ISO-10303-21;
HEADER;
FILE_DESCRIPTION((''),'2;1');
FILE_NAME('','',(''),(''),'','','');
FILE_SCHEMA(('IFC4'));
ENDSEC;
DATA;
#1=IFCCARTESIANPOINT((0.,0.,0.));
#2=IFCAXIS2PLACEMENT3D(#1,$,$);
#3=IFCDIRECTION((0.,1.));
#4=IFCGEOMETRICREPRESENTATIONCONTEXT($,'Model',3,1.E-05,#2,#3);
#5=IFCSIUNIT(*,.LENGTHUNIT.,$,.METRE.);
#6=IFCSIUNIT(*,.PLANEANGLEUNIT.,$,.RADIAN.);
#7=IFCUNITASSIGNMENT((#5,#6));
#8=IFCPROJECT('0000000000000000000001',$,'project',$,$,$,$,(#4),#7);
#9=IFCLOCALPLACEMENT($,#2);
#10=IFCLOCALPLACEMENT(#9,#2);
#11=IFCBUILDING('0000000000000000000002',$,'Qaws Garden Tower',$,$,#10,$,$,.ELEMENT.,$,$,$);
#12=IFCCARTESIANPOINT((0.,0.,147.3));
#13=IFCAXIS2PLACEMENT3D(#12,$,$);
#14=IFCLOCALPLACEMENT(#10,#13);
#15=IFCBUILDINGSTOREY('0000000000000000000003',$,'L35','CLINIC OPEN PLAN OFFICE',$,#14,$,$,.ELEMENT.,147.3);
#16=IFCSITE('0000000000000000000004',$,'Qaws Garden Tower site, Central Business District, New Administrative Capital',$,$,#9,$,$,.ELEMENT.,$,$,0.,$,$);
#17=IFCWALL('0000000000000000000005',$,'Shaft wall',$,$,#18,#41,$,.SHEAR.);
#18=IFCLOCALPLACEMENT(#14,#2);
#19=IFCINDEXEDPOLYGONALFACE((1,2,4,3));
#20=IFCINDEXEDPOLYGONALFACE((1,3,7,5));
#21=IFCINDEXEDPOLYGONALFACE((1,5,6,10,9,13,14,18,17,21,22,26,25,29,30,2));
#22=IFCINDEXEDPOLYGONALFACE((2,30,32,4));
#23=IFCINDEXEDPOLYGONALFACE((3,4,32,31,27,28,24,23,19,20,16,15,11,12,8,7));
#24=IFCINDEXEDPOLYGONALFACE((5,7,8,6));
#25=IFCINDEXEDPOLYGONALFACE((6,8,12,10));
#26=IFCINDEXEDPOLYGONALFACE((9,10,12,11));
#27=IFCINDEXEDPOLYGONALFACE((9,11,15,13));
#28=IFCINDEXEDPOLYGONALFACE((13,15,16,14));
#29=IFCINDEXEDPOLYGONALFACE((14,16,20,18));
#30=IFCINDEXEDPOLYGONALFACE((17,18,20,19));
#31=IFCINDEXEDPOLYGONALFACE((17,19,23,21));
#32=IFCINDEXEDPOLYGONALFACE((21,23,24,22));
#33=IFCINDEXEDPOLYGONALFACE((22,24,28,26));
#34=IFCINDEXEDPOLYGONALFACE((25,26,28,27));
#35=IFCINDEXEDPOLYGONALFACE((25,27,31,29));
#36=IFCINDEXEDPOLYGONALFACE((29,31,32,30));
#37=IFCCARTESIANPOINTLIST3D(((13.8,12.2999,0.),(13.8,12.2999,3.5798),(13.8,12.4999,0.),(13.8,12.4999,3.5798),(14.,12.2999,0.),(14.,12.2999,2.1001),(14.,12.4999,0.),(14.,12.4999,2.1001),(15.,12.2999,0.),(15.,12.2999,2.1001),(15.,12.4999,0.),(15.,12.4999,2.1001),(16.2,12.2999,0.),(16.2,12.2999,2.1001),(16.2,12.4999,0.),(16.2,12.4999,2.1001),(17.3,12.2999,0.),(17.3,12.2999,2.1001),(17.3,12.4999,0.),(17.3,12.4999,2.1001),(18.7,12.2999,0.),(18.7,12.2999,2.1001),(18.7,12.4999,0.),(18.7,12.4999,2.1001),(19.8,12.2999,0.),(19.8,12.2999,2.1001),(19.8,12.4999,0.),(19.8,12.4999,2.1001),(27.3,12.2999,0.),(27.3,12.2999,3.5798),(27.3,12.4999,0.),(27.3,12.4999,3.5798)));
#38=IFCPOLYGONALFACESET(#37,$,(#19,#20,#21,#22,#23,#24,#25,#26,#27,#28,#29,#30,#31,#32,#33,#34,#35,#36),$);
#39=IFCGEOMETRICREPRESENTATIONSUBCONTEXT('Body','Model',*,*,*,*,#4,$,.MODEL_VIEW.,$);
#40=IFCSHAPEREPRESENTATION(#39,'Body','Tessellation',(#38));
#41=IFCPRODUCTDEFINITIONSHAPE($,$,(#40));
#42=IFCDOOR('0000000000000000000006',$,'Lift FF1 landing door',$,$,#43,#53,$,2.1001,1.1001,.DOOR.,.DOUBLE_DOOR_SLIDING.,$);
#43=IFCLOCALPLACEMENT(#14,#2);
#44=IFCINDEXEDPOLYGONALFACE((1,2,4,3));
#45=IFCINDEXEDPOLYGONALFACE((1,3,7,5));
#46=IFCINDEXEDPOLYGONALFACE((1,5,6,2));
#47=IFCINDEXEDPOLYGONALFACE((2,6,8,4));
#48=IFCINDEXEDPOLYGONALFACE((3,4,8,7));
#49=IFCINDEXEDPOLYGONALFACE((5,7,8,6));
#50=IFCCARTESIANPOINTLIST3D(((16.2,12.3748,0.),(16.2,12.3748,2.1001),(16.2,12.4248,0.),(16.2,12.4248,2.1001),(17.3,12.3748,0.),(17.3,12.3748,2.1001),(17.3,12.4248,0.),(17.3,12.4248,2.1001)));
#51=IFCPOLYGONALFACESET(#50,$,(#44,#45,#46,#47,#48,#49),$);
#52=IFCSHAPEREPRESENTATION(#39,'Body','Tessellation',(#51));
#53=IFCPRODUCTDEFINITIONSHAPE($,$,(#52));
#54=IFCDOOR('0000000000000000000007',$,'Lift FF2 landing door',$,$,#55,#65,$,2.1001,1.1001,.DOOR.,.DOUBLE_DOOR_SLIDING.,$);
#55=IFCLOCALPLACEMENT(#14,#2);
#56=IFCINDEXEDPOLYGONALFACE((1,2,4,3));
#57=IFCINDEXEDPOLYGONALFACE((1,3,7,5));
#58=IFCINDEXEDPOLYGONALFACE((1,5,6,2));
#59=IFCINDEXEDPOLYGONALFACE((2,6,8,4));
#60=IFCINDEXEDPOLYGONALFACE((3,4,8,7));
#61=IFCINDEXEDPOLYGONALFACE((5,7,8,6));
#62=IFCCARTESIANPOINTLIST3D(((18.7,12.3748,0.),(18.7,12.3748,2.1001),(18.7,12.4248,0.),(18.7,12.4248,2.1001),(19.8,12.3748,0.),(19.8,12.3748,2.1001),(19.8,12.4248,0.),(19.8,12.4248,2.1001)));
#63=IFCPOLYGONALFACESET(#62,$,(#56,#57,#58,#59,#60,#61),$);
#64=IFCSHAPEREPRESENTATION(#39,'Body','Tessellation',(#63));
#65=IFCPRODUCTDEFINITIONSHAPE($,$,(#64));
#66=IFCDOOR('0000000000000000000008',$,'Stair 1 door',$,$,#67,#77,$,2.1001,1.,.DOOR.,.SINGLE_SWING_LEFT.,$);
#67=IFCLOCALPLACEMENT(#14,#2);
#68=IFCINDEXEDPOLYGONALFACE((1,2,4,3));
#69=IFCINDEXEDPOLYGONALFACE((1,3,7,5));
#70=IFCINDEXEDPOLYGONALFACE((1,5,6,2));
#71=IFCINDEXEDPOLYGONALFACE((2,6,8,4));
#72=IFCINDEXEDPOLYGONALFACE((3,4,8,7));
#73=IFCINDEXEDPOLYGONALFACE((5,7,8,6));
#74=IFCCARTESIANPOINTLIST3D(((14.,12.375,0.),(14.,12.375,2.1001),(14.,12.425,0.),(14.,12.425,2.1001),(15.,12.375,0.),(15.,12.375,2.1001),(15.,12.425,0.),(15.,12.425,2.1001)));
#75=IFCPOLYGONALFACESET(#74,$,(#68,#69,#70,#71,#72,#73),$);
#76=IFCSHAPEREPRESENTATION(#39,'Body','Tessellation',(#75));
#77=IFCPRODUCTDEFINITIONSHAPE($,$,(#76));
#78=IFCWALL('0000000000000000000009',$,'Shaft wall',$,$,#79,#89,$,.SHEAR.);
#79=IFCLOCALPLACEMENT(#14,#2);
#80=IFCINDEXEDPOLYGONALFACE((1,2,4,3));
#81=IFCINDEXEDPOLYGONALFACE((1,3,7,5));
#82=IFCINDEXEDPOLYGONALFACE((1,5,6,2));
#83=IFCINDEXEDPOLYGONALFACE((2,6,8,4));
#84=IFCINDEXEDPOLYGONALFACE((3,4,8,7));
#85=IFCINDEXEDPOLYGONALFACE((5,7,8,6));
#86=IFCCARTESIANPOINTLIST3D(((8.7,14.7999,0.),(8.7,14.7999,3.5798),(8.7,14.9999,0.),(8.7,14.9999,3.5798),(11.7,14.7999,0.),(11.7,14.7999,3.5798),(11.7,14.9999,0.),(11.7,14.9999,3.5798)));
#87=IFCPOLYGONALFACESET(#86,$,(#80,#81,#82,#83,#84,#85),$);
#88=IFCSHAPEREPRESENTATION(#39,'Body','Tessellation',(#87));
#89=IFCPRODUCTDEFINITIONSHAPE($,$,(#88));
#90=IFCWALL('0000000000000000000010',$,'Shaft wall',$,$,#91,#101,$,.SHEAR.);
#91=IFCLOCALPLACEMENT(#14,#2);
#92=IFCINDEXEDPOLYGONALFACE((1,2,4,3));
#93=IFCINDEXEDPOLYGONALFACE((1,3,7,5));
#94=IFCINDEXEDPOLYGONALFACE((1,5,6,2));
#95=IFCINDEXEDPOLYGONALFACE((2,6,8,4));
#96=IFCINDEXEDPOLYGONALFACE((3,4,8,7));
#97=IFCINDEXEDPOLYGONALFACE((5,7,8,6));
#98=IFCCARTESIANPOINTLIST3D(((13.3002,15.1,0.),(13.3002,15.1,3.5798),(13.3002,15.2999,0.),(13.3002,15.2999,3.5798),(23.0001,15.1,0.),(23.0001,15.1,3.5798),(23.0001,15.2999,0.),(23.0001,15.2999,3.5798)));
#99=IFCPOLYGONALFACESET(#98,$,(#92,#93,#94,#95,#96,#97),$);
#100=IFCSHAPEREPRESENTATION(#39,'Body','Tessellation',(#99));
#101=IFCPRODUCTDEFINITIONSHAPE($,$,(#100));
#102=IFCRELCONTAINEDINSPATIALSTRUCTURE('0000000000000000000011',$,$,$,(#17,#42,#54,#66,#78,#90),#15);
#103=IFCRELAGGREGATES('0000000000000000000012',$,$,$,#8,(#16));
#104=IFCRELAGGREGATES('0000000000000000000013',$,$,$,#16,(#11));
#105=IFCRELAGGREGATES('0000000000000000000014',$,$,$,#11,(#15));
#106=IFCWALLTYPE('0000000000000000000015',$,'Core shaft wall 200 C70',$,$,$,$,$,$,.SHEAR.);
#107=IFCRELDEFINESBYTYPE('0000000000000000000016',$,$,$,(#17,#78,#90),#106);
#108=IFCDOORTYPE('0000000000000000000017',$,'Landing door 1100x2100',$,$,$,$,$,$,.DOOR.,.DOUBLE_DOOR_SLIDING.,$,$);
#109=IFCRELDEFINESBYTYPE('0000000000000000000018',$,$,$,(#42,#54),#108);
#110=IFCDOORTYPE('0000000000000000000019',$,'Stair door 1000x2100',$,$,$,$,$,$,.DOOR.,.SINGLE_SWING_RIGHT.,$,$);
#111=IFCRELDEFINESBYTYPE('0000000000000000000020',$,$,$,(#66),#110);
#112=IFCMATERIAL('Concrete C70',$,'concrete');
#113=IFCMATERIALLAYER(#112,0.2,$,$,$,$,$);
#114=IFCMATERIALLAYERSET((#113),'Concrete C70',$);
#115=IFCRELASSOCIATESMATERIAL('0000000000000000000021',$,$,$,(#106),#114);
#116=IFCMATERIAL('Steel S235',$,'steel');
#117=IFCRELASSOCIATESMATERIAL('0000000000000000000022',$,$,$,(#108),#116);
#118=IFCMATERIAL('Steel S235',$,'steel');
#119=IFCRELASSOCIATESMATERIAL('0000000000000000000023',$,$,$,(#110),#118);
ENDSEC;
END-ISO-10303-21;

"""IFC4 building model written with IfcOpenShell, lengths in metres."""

from ifc_helpers import new_model, si_unit, direction, frame, frame_2d, origin, place, context, subcontext, project, spatial, rectangle, extrude, material, layer, layer_set, type_object, element, fill, save


model = new_model("IFC4")

# Units and contexts
model_context = context("Model", 3, precision=1e-05, world=origin(), true_north=direction((0.0, 1.0)))
body_context = subcontext(model_context, "Body", "Model", "MODEL_VIEW")
ifc_project = project(units=[si_unit("LENGTHUNIT", "METRE"), si_unit("PLANEANGLEUNIT", "RADIAN")], contexts=[model_context])

# Site, building, storey
site_placement = place(None, origin())
site = spatial("IfcSite", under=ifc_project, at=site_placement, Name="Qaws Garden Tower site, Central Business District, New Administrative Capital", CompositionType="ELEMENT", RefElevation=0.0)
building_placement = place(site_placement, origin())
building = spatial("IfcBuilding", under=site, at=building_placement, Name="Qaws Garden Tower", CompositionType="ELEMENT")
storey_placement = place(building_placement, frame((0.0, 0.0, 147.3)))
storey = spatial("IfcBuildingStorey", under=building, at=storey_placement, Name="L35", Description="CLINIC OPEN PLAN OFFICE", CompositionType="ELEMENT", Elevation=147.3)

# Shared definitions
ifc_material_1 = material(Name="Concrete C70", Category="concrete")
ifc_layer_1 = layer(ifc_material_1, 0.2)
ifc_layer_set_1 = layer_set([ifc_layer_1], Name="Concrete C70")
wall_type_1 = type_object("IfcWallType", Name="Core shaft wall 200 C70", PredefinedType="SHEAR", material=ifc_layer_set_1)

# Wall, openings, doors
wall_1_placement = place(storey_placement, frame((13.8, 12.3999, 0.0), z_axis=(0.0, 0.0, 1.0), x_axis=(1.0, 0.0, 0.0)))
wall_1 = element("IfcWall", 1, at=wall_1_placement, inside=storey, type_object=wall_type_1, Name="Shaft wall", PredefinedType="SHEAR", context=body_context, shape_type="SweptSolid", body=[
    extrude(rectangle(XDim=13.5, YDim=0.2, at=frame_2d((6.75, 0.0))), origin(), (0.0, 0.0, 1.0), 3.5798),
])
opening_1_placement = place(wall_1_placement, frame((2.3999, 0.0, 0.0)))
opening_1 = element("IfcOpeningElement", 2, at=opening_1_placement, cuts=wall_1, PredefinedType="OPENING", context=body_context, shape_type="SweptSolid", body=[
    extrude(rectangle(XDim=1.1001, YDim=2.1001, at=frame_2d((0.55, 1.05))), frame((0.0, 0.1099, 0.0), z_axis=(0.0, -1.0, 0.0), x_axis=(1.0, 0.0, 0.0)), (0.0, 0.0, 1.0), 0.22),
])
opening_2_placement = place(wall_1_placement, frame((4.8999, 0.0, 0.0)))
opening_2 = element("IfcOpeningElement", 3, at=opening_2_placement, cuts=wall_1, PredefinedType="OPENING", context=body_context, shape_type="SweptSolid", body=[
    extrude(rectangle(XDim=1.1001, YDim=2.1001, at=frame_2d((0.55, 1.05))), frame((0.0, 0.1099, 0.0), z_axis=(0.0, -1.0, 0.0), x_axis=(1.0, 0.0, 0.0)), (0.0, 0.0, 1.0), 0.22),
])
opening_3_placement = place(wall_1_placement, frame((0.2, 0.0, 0.0)))
opening_3 = element("IfcOpeningElement", 4, at=opening_3_placement, cuts=wall_1, PredefinedType="OPENING", context=body_context, shape_type="SweptSolid", body=[
    extrude(rectangle(XDim=1.0, YDim=2.1001, at=frame_2d((0.5, 1.05))), frame((0.0, 0.1099, 0.0), z_axis=(0.0, -1.0, 0.0), x_axis=(1.0, 0.0, 0.0)), (0.0, 0.0, 1.0), 0.22),
])
ifc_material_2 = material(Name="Steel S235", Category="steel")
door_type_1 = type_object("IfcDoorType", Name="Landing door 1100x2100", OperationType="DOUBLE_DOOR_SLIDING", PredefinedType="DOOR", material=ifc_material_2)
door_1_placement = place(opening_1_placement, origin())
door_1 = element("IfcDoor", 5, at=door_1_placement, inside=storey, type_object=door_type_1, Name="Lift FF1 landing door", OperationType="DOUBLE_DOOR_SLIDING", OverallHeight=2.1001, OverallWidth=1.1001, PredefinedType="DOOR", context=body_context, shape_type="SweptSolid", body=[
    extrude(rectangle(XDim=1.1001, YDim=2.1001, at=frame_2d((0.55, 1.05))), frame((0.0, 0.0249, 0.0), z_axis=(0.0, -1.0, 0.0), x_axis=(1.0, 0.0, 0.0)), (0.0, 0.0, 1.0), 0.05),
])
fill(opening_1, door_1)
door_2_placement = place(opening_2_placement, origin())
door_2 = element("IfcDoor", 6, at=door_2_placement, inside=storey, type_object=door_type_1, Name="Lift FF2 landing door", OperationType="DOUBLE_DOOR_SLIDING", OverallHeight=2.1001, OverallWidth=1.1001, PredefinedType="DOOR", context=body_context, shape_type="SweptSolid", body=[
    extrude(rectangle(XDim=1.1001, YDim=2.1001, at=frame_2d((0.55, 1.05))), frame((0.0, 0.0249, 0.0), z_axis=(0.0, -1.0, 0.0), x_axis=(1.0, 0.0, 0.0)), (0.0, 0.0, 1.0), 0.05),
])
fill(opening_2, door_2)
ifc_material_3 = material(Name="Steel S235", Category="steel")
door_type_2 = type_object("IfcDoorType", Name="Stair door 1000x2100", OperationType="SINGLE_SWING_RIGHT", PredefinedType="DOOR", material=ifc_material_3)
door_3_placement = place(opening_3_placement, frame((1.0, 0.0, 0.0), z_axis=(0.0, 0.0, 1.0), x_axis=(-1.0, 0.0, 0.0)))
door_3 = element("IfcDoor", 7, at=door_3_placement, inside=storey, type_object=door_type_2, Name="Stair 1 door", OperationType="SINGLE_SWING_LEFT", OverallHeight=2.1001, OverallWidth=1.0, PredefinedType="DOOR", context=body_context, shape_type="SweptSolid", body=[
    extrude(rectangle(XDim=1.0, YDim=2.1001, at=frame_2d((0.5, 1.05))), frame((0.0, 0.0249, 0.0), z_axis=(0.0, -1.0, 0.0), x_axis=(1.0, 0.0, 0.0)), (0.0, 0.0, 1.0), 0.05),
])
fill(opening_3, door_3)

# Walls
wall_2_placement = place(storey_placement, frame((8.7, 14.8999, 0.0), z_axis=(0.0, 0.0, 1.0), x_axis=(1.0, 0.0, 0.0)))
element("IfcWall", 8, at=wall_2_placement, inside=storey, type_object=wall_type_1, Name="Shaft wall", PredefinedType="SHEAR", context=body_context, shape_type="SweptSolid", body=[
    extrude(rectangle(XDim=3.0, YDim=0.2, at=frame_2d((1.5, 0.0))), origin(), (0.0, 0.0, 1.0), 3.5798),
])
wall_3_placement = place(storey_placement, frame((13.3, 15.2, 0.0), z_axis=(0.0, 0.0, 1.0), x_axis=(1.0, 0.0, 0.0)))
element("IfcWall", 9, at=wall_3_placement, inside=storey, type_object=wall_type_1, Name="Shaft wall", PredefinedType="SHEAR", context=body_context, shape_type="SweptSolid", body=[
    extrude(rectangle(XDim=9.7, YDim=0.2, at=frame_2d((4.8501, 0.0))), origin(), (0.0, 0.0, 1.0), 3.5798),
])

save(model, "model.ifc")
